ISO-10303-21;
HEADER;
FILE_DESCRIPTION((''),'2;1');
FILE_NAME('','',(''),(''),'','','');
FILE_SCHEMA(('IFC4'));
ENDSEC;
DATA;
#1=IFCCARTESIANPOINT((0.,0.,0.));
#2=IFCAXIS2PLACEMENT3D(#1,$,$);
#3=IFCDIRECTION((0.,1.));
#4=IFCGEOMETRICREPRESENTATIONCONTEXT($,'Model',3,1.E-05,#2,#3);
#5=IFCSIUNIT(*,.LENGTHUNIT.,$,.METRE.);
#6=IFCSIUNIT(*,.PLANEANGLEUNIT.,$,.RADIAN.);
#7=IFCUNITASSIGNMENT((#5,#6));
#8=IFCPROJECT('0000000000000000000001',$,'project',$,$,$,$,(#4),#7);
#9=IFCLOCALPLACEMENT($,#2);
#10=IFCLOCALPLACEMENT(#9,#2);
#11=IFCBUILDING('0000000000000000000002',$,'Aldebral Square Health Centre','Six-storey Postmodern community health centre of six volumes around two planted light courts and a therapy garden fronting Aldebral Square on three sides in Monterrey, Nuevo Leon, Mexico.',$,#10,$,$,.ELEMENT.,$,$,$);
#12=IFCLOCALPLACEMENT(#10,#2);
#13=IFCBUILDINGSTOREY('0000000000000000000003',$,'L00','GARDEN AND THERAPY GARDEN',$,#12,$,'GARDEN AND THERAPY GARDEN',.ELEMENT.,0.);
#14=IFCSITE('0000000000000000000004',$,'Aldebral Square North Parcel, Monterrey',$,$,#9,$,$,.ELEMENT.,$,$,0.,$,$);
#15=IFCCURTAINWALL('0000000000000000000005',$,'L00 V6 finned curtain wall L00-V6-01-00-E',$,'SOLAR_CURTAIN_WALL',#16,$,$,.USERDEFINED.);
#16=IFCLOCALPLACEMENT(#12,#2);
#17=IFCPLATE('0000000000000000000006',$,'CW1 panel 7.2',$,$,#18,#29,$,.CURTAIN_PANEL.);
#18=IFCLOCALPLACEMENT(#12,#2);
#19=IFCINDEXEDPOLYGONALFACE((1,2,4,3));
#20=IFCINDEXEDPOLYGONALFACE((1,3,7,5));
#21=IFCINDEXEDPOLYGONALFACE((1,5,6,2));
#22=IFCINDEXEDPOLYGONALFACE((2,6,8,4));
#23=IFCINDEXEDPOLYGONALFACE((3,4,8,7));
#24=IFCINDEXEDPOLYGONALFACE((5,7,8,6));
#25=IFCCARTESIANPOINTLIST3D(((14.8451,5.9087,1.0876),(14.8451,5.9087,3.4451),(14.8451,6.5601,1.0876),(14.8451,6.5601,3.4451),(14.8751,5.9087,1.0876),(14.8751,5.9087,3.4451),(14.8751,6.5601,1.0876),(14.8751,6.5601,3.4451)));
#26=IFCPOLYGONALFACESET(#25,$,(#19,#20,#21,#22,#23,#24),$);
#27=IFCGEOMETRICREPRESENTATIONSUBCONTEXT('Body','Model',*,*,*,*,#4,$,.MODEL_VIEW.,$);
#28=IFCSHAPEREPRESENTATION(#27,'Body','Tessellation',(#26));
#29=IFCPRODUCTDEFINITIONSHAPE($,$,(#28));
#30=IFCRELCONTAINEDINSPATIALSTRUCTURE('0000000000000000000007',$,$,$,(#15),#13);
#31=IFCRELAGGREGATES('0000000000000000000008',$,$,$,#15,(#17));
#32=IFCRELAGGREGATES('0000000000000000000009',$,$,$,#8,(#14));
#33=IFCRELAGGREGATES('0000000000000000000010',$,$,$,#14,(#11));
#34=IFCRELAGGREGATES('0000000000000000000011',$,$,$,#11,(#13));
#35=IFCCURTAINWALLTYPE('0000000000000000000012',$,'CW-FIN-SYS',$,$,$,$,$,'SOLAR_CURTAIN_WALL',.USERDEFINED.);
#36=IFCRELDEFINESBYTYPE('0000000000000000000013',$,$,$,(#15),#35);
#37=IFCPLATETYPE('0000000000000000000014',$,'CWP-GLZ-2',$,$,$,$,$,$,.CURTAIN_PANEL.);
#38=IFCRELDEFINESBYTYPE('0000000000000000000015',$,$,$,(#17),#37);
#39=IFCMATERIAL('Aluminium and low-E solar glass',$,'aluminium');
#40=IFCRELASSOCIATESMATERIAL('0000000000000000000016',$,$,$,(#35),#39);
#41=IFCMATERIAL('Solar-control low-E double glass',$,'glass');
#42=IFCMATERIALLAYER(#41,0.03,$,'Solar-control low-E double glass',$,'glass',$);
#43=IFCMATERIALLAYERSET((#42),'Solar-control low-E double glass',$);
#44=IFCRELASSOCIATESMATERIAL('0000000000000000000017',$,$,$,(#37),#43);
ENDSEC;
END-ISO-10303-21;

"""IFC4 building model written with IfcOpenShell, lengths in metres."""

from ifc_helpers import new_model, si_unit, direction, frame, origin, origin_2d, place, context, subcontext, project, spatial, rectangle, extrude, material, layer, layer_set, type_object, element, aggregate, save


model = new_model("IFC4")

# Units and contexts
model_context = context("Model", 3, precision=1e-05, world=origin(), true_north=direction((0.0, 1.0)))
body_context = subcontext(model_context, "Body", "Model", "MODEL_VIEW")
ifc_project = project(units=[si_unit("LENGTHUNIT", "METRE"), si_unit("PLANEANGLEUNIT", "RADIAN")], contexts=[model_context])

# Site, building, storey
site_placement = place(None, origin())
site = spatial("IfcSite", under=ifc_project, at=site_placement, Name="Aldebral Square North Parcel, Monterrey", CompositionType="ELEMENT", RefElevation=0.0)
building_placement = place(site_placement, origin())
building = spatial("IfcBuilding", under=site, at=building_placement, Name="Aldebral Square Health Centre", Description="Six-storey Postmodern community health centre of six volumes around two planted light courts and a therapy garden fronting Aldebral Square on three sides in Monterrey, Nuevo Leon, Mexico.", CompositionType="ELEMENT")
storey_placement = place(building_placement, origin())
storey = spatial("IfcBuildingStorey", under=building, at=storey_placement, Name="L00", Description="GARDEN AND THERAPY GARDEN", LongName="GARDEN AND THERAPY GARDEN", CompositionType="ELEMENT", Elevation=0.0)

# Curtain wall, plate
ifc_material_1 = material(Name="Aluminium and low-E solar glass", Category="aluminium")
curtain_wall_type = type_object("IfcCurtainWallType", Name="CW-FIN-SYS", ElementType="SOLAR_CURTAIN_WALL", PredefinedType="USERDEFINED", material=ifc_material_1)
curtain_wall_placement = place(storey_placement, origin())
curtain_wall = element("IfcCurtainWall", 1, at=curtain_wall_placement, inside=storey, type_object=curtain_wall_type, Name="L00 V6 finned curtain wall L00-V6-01-00-E", ObjectType="SOLAR_CURTAIN_WALL", PredefinedType="USERDEFINED")
ifc_material_2 = material(Name="Solar-control low-E double glass", Category="glass")
ifc_layer_1 = layer(ifc_material_2, 0.03, Name="Solar-control low-E double glass", Category="glass")
ifc_layer_set_1 = layer_set([ifc_layer_1], Name="Solar-control low-E double glass")
plate_type = type_object("IfcPlateType", Name="CWP-GLZ-2", PredefinedType="CURTAIN_PANEL", material=ifc_layer_set_1)
plate_1_placement = place(storey_placement, frame((14.8601, 6.2344, 1.0876), z_axis=(0.0, 0.0, 1.0), x_axis=(0.0, 1.0, 0.0)))
plate_1 = element("IfcPlate", 2, at=plate_1_placement, type_object=plate_type, Name="CW1 panel 7.2", PredefinedType="CURTAIN_PANEL", context=body_context, shape_type="SweptSolid", body=[
    extrude(rectangle(XDim=0.6514, YDim=0.03, at=origin_2d()), origin(), (0.0, 0.0, 1.0), 2.3574),
])
aggregate(curtain_wall, [plate_1])

save(model, "model.ifc")
